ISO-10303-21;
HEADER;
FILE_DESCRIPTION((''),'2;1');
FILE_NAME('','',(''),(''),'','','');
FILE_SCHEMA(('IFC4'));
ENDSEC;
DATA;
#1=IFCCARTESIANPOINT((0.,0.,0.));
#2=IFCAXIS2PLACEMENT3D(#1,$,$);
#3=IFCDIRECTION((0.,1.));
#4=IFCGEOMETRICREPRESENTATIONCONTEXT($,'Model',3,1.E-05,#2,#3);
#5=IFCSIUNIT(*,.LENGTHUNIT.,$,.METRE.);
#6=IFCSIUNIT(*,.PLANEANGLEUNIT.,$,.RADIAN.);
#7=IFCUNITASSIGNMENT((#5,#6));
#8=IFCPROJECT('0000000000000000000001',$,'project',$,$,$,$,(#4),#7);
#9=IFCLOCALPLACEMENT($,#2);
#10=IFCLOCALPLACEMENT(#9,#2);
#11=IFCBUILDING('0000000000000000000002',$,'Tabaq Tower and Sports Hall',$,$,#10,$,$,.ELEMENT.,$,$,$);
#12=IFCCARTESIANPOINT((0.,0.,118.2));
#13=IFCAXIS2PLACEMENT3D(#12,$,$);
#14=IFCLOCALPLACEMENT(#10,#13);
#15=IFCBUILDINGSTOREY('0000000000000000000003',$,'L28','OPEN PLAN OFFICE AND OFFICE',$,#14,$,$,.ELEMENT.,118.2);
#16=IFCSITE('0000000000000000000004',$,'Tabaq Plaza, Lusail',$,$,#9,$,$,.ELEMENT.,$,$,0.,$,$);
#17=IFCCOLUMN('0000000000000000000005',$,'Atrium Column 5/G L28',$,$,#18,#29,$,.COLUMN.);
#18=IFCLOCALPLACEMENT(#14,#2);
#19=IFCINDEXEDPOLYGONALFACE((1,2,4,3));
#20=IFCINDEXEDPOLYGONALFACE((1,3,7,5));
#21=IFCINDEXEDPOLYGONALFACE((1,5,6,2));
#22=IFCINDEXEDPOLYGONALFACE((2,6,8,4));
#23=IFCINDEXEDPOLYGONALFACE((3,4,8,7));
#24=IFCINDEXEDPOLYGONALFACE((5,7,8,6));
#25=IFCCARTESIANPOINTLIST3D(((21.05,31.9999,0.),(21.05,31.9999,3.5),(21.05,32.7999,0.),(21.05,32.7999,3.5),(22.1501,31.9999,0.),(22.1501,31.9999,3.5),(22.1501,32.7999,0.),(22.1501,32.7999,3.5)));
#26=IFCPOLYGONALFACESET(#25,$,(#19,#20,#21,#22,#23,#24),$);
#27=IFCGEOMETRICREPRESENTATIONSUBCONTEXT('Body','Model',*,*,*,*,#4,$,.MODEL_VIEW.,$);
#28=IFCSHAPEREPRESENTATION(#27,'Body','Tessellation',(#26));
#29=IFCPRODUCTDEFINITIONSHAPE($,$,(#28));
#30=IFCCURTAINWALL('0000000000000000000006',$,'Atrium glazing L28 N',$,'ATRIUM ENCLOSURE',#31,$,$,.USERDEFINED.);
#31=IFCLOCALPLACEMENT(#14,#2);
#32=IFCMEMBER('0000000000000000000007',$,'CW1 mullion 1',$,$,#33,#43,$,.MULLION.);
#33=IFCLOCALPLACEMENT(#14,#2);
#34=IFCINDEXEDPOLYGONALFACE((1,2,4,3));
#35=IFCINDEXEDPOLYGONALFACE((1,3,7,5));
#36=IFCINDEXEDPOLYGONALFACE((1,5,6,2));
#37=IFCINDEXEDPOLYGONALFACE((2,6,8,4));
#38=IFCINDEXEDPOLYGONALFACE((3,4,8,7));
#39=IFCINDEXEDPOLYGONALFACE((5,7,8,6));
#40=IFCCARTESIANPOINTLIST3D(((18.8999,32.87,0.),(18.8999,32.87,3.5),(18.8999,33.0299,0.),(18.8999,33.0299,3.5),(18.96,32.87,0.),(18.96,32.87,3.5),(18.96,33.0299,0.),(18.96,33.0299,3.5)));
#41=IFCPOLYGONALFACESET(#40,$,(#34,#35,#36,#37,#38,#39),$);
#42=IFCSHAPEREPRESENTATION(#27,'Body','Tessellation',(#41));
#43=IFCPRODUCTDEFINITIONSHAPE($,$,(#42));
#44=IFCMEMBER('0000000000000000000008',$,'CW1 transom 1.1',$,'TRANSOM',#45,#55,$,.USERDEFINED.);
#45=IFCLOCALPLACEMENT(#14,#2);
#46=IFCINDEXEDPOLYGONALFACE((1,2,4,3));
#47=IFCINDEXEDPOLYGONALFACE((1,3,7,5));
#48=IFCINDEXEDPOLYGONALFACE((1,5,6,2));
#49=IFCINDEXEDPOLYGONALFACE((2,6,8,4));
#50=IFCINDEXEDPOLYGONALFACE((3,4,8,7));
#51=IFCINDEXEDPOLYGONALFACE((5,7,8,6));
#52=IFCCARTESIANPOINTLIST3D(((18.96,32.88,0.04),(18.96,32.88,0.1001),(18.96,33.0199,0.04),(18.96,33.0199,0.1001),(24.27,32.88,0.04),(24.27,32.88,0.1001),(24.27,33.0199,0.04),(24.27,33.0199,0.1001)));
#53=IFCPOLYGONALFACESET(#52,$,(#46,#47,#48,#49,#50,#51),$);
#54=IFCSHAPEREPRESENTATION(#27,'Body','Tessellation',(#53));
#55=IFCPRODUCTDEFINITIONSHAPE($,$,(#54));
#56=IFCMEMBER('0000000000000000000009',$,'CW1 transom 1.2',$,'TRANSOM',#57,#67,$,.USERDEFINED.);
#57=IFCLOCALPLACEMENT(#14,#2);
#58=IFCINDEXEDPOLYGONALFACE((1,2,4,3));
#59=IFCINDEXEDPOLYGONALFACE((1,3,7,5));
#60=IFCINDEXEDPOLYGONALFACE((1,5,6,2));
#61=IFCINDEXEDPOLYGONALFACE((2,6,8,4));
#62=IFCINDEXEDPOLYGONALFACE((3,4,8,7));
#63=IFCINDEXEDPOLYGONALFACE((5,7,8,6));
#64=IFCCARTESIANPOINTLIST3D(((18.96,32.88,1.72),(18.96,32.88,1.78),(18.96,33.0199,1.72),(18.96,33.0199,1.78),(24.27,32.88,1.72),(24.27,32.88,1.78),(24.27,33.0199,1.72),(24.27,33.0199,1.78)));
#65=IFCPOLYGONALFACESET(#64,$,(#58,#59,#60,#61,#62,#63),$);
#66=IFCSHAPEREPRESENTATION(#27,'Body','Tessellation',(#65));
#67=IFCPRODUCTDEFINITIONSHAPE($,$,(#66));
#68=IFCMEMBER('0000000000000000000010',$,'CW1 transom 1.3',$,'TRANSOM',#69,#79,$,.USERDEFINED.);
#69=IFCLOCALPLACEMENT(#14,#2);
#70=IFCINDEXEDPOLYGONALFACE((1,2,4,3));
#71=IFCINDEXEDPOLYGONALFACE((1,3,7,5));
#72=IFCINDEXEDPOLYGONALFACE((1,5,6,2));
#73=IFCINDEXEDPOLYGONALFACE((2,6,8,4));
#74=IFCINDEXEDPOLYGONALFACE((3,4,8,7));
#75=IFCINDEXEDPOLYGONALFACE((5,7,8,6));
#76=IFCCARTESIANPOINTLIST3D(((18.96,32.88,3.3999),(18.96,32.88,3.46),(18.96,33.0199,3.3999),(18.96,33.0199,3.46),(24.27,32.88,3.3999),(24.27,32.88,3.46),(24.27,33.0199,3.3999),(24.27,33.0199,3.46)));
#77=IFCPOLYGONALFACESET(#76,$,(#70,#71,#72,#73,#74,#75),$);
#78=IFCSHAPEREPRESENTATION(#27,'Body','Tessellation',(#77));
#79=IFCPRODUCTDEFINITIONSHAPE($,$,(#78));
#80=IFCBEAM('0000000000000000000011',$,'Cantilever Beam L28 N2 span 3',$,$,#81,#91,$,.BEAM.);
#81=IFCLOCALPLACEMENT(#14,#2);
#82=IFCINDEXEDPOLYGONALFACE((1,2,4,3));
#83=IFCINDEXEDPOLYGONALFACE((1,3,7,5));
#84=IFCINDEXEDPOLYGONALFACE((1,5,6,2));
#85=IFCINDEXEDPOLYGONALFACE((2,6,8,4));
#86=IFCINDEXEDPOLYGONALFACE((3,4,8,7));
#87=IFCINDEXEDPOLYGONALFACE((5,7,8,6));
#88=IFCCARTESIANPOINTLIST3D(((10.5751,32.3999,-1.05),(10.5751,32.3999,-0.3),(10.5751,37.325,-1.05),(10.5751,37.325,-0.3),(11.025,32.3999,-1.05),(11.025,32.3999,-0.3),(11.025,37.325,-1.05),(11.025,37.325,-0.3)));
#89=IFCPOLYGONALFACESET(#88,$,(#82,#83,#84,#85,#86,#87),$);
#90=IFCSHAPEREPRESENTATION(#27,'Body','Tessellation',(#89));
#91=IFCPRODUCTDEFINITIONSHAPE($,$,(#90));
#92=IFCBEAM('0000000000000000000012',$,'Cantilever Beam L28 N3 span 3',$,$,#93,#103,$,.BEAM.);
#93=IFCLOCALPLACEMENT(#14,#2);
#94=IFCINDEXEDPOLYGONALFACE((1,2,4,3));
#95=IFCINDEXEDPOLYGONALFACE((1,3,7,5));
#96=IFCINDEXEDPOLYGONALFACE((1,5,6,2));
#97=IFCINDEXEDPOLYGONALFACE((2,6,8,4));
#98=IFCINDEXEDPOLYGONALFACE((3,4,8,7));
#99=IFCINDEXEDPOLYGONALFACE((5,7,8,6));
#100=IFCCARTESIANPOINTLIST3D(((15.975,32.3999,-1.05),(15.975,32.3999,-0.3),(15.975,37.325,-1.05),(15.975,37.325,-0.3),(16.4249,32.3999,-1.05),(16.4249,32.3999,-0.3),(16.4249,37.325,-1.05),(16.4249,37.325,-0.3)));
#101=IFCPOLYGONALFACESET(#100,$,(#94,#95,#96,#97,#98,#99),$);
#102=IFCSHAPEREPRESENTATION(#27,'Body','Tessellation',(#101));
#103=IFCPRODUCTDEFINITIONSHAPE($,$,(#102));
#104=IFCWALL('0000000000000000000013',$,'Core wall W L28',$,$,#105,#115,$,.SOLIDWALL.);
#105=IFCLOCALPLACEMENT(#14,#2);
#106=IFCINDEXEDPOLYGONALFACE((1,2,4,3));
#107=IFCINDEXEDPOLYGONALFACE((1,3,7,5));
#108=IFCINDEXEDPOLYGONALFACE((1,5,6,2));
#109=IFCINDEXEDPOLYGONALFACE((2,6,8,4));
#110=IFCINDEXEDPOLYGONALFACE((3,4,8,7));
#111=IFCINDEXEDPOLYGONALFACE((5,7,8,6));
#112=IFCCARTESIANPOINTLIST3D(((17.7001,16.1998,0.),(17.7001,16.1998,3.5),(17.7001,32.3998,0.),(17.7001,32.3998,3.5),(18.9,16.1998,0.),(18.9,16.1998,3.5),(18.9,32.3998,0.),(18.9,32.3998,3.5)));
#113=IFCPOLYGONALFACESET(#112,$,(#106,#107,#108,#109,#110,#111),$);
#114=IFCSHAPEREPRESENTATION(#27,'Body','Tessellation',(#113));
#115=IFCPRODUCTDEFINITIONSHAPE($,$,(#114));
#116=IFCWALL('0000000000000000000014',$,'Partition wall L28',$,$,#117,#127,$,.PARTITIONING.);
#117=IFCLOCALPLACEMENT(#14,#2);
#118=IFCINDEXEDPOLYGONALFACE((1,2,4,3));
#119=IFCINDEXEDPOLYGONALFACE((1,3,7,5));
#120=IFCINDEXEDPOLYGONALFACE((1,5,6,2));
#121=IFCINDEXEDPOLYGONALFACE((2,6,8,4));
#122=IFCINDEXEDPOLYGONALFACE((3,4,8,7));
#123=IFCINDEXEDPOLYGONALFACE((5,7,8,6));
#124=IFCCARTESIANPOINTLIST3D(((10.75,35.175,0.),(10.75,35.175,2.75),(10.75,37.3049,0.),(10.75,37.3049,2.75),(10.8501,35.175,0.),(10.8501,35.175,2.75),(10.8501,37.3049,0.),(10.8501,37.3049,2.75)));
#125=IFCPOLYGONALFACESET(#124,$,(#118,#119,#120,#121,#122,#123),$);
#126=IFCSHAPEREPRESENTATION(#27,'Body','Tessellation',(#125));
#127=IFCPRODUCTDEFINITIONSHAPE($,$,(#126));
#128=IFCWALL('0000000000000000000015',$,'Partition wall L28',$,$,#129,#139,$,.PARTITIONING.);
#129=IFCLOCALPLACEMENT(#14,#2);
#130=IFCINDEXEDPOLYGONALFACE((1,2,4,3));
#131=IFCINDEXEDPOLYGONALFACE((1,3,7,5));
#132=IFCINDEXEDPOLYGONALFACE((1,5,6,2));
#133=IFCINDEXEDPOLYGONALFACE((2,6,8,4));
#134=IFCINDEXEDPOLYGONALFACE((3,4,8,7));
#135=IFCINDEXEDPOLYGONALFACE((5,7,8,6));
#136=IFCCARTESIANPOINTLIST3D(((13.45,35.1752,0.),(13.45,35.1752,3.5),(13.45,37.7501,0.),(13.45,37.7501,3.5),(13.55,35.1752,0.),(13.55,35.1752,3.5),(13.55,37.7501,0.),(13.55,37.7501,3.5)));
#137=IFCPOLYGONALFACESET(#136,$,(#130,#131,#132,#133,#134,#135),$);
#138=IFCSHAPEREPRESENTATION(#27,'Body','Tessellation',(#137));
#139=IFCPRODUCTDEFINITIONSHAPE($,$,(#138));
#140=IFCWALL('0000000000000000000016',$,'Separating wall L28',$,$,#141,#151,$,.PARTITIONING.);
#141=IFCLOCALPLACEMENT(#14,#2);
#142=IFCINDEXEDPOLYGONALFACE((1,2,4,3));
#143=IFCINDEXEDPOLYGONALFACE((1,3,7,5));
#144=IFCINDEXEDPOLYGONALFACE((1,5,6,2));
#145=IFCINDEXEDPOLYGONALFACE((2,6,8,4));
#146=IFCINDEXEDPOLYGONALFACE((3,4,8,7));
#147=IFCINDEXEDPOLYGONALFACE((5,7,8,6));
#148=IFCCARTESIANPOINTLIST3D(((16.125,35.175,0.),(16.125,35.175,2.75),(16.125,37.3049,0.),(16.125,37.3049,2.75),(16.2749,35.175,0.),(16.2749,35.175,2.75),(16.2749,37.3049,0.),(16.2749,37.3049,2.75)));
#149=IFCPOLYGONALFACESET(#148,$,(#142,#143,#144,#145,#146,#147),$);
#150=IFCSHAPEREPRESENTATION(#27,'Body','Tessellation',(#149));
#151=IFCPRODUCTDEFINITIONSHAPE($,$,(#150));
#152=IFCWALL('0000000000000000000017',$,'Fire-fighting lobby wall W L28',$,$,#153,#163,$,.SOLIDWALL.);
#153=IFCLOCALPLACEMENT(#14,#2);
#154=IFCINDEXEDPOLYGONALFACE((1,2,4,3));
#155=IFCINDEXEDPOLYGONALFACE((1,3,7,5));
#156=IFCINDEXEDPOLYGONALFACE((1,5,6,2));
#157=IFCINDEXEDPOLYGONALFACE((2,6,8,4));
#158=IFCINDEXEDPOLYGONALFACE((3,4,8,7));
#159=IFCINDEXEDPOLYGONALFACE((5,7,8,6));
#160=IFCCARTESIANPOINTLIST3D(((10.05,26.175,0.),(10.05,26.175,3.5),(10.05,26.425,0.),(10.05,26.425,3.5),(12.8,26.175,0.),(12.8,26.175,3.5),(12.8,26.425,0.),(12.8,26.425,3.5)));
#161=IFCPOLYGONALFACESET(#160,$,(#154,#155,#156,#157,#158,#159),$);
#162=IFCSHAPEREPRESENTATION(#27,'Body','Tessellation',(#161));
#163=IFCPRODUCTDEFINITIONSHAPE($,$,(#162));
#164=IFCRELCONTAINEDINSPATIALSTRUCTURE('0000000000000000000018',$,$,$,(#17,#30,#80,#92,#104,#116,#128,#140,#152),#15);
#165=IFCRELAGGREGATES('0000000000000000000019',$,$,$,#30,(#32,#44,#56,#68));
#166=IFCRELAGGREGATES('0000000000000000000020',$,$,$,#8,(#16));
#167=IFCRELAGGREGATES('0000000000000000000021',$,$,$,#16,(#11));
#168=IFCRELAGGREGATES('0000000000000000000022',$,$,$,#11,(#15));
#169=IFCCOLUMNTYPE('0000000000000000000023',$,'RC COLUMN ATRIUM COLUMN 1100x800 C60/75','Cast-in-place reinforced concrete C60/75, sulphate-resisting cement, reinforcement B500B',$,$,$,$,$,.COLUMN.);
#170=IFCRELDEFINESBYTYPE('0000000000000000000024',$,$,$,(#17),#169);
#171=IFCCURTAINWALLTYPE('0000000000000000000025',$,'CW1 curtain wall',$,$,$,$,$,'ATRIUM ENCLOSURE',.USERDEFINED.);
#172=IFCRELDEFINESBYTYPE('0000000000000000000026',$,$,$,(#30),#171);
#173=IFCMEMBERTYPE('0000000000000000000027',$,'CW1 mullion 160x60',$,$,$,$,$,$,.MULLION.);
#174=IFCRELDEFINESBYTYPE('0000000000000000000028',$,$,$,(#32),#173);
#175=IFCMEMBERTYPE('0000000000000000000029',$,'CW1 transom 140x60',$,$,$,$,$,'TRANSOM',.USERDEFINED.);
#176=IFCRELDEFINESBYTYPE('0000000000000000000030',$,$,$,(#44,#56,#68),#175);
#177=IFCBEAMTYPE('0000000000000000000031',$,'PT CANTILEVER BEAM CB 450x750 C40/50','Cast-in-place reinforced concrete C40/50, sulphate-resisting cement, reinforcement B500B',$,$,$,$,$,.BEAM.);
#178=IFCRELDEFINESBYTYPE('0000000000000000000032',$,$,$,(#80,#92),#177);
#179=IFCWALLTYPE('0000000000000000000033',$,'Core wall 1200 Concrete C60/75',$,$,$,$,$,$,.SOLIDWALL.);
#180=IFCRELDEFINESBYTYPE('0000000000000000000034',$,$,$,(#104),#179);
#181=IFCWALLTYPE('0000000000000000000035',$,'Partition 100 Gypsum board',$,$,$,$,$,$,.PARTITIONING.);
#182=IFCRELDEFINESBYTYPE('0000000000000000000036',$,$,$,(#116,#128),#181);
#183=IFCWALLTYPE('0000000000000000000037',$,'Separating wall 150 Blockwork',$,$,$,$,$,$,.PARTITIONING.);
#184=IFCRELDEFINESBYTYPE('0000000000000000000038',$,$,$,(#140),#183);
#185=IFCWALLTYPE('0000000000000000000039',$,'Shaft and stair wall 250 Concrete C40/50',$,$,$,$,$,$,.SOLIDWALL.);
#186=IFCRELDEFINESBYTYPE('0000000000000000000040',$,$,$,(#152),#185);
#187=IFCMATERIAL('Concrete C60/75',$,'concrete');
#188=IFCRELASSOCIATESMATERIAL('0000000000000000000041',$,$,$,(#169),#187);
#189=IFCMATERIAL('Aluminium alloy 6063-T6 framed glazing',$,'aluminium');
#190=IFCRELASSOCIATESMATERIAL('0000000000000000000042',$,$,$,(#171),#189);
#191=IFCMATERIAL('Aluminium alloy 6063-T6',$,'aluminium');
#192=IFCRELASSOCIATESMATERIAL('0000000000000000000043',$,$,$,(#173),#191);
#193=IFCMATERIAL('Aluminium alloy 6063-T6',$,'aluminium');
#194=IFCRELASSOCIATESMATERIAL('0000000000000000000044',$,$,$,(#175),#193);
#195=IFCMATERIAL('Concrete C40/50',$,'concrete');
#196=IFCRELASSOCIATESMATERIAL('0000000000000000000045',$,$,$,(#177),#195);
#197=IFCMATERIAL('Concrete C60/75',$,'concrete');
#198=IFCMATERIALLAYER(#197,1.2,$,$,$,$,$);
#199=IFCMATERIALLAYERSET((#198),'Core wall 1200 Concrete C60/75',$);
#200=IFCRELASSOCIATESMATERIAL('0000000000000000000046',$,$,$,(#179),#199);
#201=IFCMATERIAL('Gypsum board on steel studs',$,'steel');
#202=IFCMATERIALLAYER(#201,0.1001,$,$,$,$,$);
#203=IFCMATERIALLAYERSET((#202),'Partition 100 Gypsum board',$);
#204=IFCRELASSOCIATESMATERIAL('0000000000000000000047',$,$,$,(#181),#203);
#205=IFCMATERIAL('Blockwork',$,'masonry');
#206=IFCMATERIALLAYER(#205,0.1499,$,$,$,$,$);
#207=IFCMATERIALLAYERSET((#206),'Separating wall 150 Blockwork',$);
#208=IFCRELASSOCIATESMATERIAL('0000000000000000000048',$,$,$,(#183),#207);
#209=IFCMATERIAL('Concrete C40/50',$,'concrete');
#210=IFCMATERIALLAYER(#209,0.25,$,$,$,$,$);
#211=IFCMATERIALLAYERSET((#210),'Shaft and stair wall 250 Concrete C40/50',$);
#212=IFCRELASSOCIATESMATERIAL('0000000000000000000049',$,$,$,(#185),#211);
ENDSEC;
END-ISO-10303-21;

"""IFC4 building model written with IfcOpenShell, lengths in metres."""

from ifc_helpers import new_model, si_unit, direction, frame, frame_2d, origin, origin_2d, place, context, subcontext, project, spatial, rectangle, extrude, material, layer, layer_set, material_profile, profile_set, type_object, element, aggregate, save


model = new_model("IFC4")

# Units and contexts
model_context = context("Model", 3, precision=1e-05, world=origin(), true_north=direction((0.0, 1.0)))
body_context = subcontext(model_context, "Body", "Model", "MODEL_VIEW")
ifc_project = project(units=[si_unit("LENGTHUNIT", "METRE"), si_unit("PLANEANGLEUNIT", "RADIAN")], contexts=[model_context])

# Site, building, storey
site_placement = place(None, origin())
site = spatial("IfcSite", under=ifc_project, at=site_placement, Name="Tabaq Plaza, Lusail", CompositionType="ELEMENT", RefElevation=0.0)
building_placement = place(site_placement, origin())
building = spatial("IfcBuilding", under=site, at=building_placement, Name="Tabaq Tower and Sports Hall", CompositionType="ELEMENT")
storey_placement = place(building_placement, frame((0.0, 0.0, 118.2)))
storey = spatial("IfcBuildingStorey", under=building, at=storey_placement, Name="L28", Description="OPEN PLAN OFFICE AND OFFICE", CompositionType="ELEMENT", Elevation=118.2)

# Column
ifc_material_1 = material(Name="Concrete C60/75", Category="concrete")
ifc_material_profile_1 = material_profile(ifc_material_1, rectangle(XDim=1.1001, YDim=0.8, at=origin_2d()), Name="ATRIUM COLUMN 1100x800")
ifc_profile_set_1 = profile_set([ifc_material_profile_1], Name="Concrete C60/75")
column_type = type_object("IfcColumnType", Name="RC COLUMN ATRIUM COLUMN 1100x800 C60/75", Description="Cast-in-place reinforced concrete C60/75, sulphate-resisting cement, reinforcement B500B", PredefinedType="COLUMN", material=ifc_profile_set_1)
column_placement = place(storey_placement, frame((21.6001, 32.3999, 0.0), z_axis=(0.0, 0.0, 1.0), x_axis=(1.0, 0.0, 0.0)))
element("IfcColumn", 1, at=column_placement, inside=storey, type_object=column_type, Name="Atrium Column 5/G L28", PredefinedType="COLUMN", context=body_context, shape_type="SweptSolid", body=[
    extrude(rectangle(XDim=1.1001, YDim=0.8, at=origin_2d()), origin(), (0.0, 0.0, 1.0), 3.5),
])

# Curtain wall, members
ifc_material_2 = material(Name="Aluminium alloy 6063-T6 framed glazing", Category="aluminium")
curtain_wall_type = type_object("IfcCurtainWallType", Name="CW1 curtain wall", ElementType="ATRIUM ENCLOSURE", PredefinedType="USERDEFINED", material=ifc_material_2)
curtain_wall_placement = place(storey_placement, origin())
curtain_wall = element("IfcCurtainWall", 2, at=curtain_wall_placement, inside=storey, type_object=curtain_wall_type, Name="Atrium glazing L28 N", ObjectType="ATRIUM ENCLOSURE", PredefinedType="USERDEFINED")
ifc_material_3 = material(Name="Aluminium alloy 6063-T6", Category="aluminium")
ifc_material_profile_2 = material_profile(ifc_material_3, rectangle(XDim=0.1599, YDim=0.0601, at=origin_2d()), Name="MULLION 160x60")
ifc_profile_set_2 = profile_set([ifc_material_profile_2], Name="Aluminium alloy 6063-T6")
member_type_1 = type_object("IfcMemberType", Name="CW1 mullion 160x60", PredefinedType="MULLION", material=ifc_profile_set_2)
member_1_placement = place(storey_placement, frame((18.9299, 32.95, 0.0), z_axis=(0.0, 0.0, 1.0), x_axis=(0.0, 1.0, 0.0)))
member_1 = element("IfcMember", 3, at=member_1_placement, type_object=member_type_1, Name="CW1 mullion 1", PredefinedType="MULLION", context=body_context, shape_type="SweptSolid", body=[
    extrude(rectangle(XDim=0.1599, YDim=0.0601, at=origin_2d()), origin(), (0.0, 0.0, 1.0), 3.5),
])
ifc_material_4 = material(Name="Aluminium alloy 6063-T6", Category="aluminium")
ifc_material_profile_3 = material_profile(ifc_material_4, rectangle(XDim=0.1399, YDim=0.0601, at=origin_2d()), Name="TRANSOM 140x60")
ifc_profile_set_3 = profile_set([ifc_material_profile_3], Name="Aluminium alloy 6063-T6")
member_type_2 = type_object("IfcMemberType", Name="CW1 transom 140x60", ElementType="TRANSOM", PredefinedType="USERDEFINED", material=ifc_profile_set_3)
member_2_placement = place(storey_placement, frame((18.96, 32.95, 0.0701), z_axis=(1.0, 0.0, 0.0), x_axis=(0.0, 1.0, 0.0)))
member_2 = element("IfcMember", 4, at=member_2_placement, type_object=member_type_2, Name="CW1 transom 1.1", ObjectType="TRANSOM", PredefinedType="USERDEFINED", context=body_context, shape_type="SweptSolid", body=[
    extrude(rectangle(XDim=0.1399, YDim=0.0601, at=origin_2d()), origin(), (0.0, 0.0, 1.0), 5.3101),
])
member_3_placement = place(storey_placement, frame((18.96, 32.95, 1.75), z_axis=(1.0, 0.0, 0.0), x_axis=(0.0, 1.0, 0.0)))
member_3 = element("IfcMember", 5, at=member_3_placement, type_object=member_type_2, Name="CW1 transom 1.2", ObjectType="TRANSOM", PredefinedType="USERDEFINED", context=body_context, shape_type="SweptSolid", body=[
    extrude(rectangle(XDim=0.1399, YDim=0.0601, at=origin_2d()), origin(), (0.0, 0.0, 1.0), 5.3101),
])
member_4_placement = place(storey_placement, frame((18.96, 32.95, 3.4299), z_axis=(1.0, 0.0, 0.0), x_axis=(0.0, 1.0, 0.0)))
member_4 = element("IfcMember", 6, at=member_4_placement, type_object=member_type_2, Name="CW1 transom 1.3", ObjectType="TRANSOM", PredefinedType="USERDEFINED", context=body_context, shape_type="SweptSolid", body=[
    extrude(rectangle(XDim=0.1399, YDim=0.0601, at=origin_2d()), origin(), (0.0, 0.0, 1.0), 5.3101),
])
aggregate(curtain_wall, [member_1, member_2, member_3, member_4])

# Beams
ifc_material_5 = material(Name="Concrete C40/50", Category="concrete")
ifc_material_profile_4 = material_profile(ifc_material_5, rectangle(XDim=0.45, YDim=0.75, at=origin_2d()), Name="CB 450x750")
ifc_profile_set_4 = profile_set([ifc_material_profile_4], Name="Concrete C40/50")
beam_type = type_object("IfcBeamType", Name="PT CANTILEVER BEAM CB 450x750 C40/50", Description="Cast-in-place reinforced concrete C40/50, sulphate-resisting cement, reinforcement B500B", PredefinedType="BEAM", material=ifc_profile_set_4)
for number, where, z_axis, x_axis, name in (
    (7, (10.8, 37.325, -0.675), (0.0, -1.0, 0.0), (1.0, 0.0, 0.0), "Cantilever Beam L28 N2 span 3"),
    (8, (16.2, 37.325, -0.675), (0.0, -1.0, 0.0), (1.0, 0.0, 0.0), "Cantilever Beam L28 N3 span 3"),
):
    element("IfcBeam", number, at=place(storey_placement, frame(where, z_axis=z_axis, x_axis=x_axis)), inside=storey, type_object=beam_type, Name=name, PredefinedType="BEAM", context=body_context, shape_type="SweptSolid", body=[
        extrude(rectangle(XDim=0.45, YDim=0.75, at=origin_2d()), origin(), (0.0, 0.0, 1.0), 4.925),
    ])

# Walls
ifc_material_6 = material(Name="Concrete C60/75", Category="concrete")
ifc_layer_1 = layer(ifc_material_6, 1.2)
ifc_layer_set_1 = layer_set([ifc_layer_1], Name="Core wall 1200 Concrete C60/75")
wall_type_1 = type_object("IfcWallType", Name="Core wall 1200 Concrete C60/75", PredefinedType="SOLIDWALL", material=ifc_layer_set_1)
wall_1_placement = place(storey_placement, frame((18.3, 32.3999, 0.0), z_axis=(0.0, 0.0, 1.0), x_axis=(0.0, -1.0, 0.0)))
element("IfcWall", 9, at=wall_1_placement, inside=storey, type_object=wall_type_1, Name="Core wall W L28", PredefinedType="SOLIDWALL", context=body_context, shape_type="SweptSolid", body=[
    extrude(rectangle(XDim=16.2, YDim=1.2, at=frame_2d((8.1001, 0.0))), origin(), (0.0, 0.0, 1.0), 3.5),
])
ifc_material_7 = material(Name="Gypsum board on steel studs", Category="steel")
ifc_layer_2 = layer(ifc_material_7, 0.1001)
ifc_layer_set_2 = layer_set([ifc_layer_2], Name="Partition 100 Gypsum board")
wall_type_2 = type_object("IfcWallType", Name="Partition 100 Gypsum board", PredefinedType="PARTITIONING", material=ifc_layer_set_2)
wall_2_placement = place(storey_placement, frame((10.8, 35.175, 0.0), z_axis=(0.0, 0.0, 1.0), x_axis=(0.0, 1.0, 0.0)))
element("IfcWall", 10, at=wall_2_placement, inside=storey, type_object=wall_type_2, Name="Partition wall L28", PredefinedType="PARTITIONING", context=body_context, shape_type="SweptSolid", body=[
    extrude(rectangle(XDim=2.1299, YDim=0.1001, at=frame_2d((1.0649, 0.0))), origin(), (0.0, 0.0, 1.0), 2.75),
])
wall_3_placement = place(storey_placement, frame((13.5, 35.175, 0.0), z_axis=(0.0, 0.0, 1.0), x_axis=(0.0, 1.0, 0.0)))
element("IfcWall", 11, at=wall_3_placement, inside=storey, type_object=wall_type_2, Name="Partition wall L28", PredefinedType="PARTITIONING", context=body_context, shape_type="SweptSolid", body=[
    extrude(rectangle(XDim=2.575, YDim=0.1001, at=frame_2d((1.2876, 0.0))), origin(), (0.0, 0.0, 1.0), 3.5),
])
ifc_material_8 = material(Name="Blockwork", Category="masonry")
ifc_layer_3 = layer(ifc_material_8, 0.1499)
ifc_layer_set_3 = layer_set([ifc_layer_3], Name="Separating wall 150 Blockwork")
wall_type_3 = type_object("IfcWallType", Name="Separating wall 150 Blockwork", PredefinedType="PARTITIONING", material=ifc_layer_set_3)
wall_4_placement = place(storey_placement, frame((16.2, 35.175, 0.0), z_axis=(0.0, 0.0, 1.0), x_axis=(0.0, 1.0, 0.0)))
element("IfcWall", 12, at=wall_4_placement, inside=storey, type_object=wall_type_3, Name="Separating wall L28", PredefinedType="PARTITIONING", context=body_context, shape_type="SweptSolid", body=[
    extrude(rectangle(XDim=2.1299, YDim=0.1499, at=frame_2d((1.0649, 0.0))), origin(), (0.0, 0.0, 1.0), 2.75),
])
ifc_material_9 = material(Name="Concrete C40/50", Category="concrete")
ifc_layer_4 = layer(ifc_material_9, 0.25)
ifc_layer_set_4 = layer_set([ifc_layer_4], Name="Shaft and stair wall 250 Concrete C40/50")
wall_type_4 = type_object("IfcWallType", Name="Shaft and stair wall 250 Concrete C40/50", PredefinedType="SOLIDWALL", material=ifc_layer_set_4)
wall_5_placement = place(storey_placement, frame((10.05, 26.3, 0.0), z_axis=(0.0, 0.0, 1.0), x_axis=(1.0, 0.0, 0.0)))
element("IfcWall", 13, at=wall_5_placement, inside=storey, type_object=wall_type_4, Name="Fire-fighting lobby wall W L28", PredefinedType="SOLIDWALL", context=body_context, shape_type="SweptSolid", body=[
    extrude(rectangle(XDim=2.75, YDim=0.25, at=frame_2d((1.375, 0.0))), origin(), (0.0, 0.0, 1.0), 3.5),
])

save(model, "model.ifc")
